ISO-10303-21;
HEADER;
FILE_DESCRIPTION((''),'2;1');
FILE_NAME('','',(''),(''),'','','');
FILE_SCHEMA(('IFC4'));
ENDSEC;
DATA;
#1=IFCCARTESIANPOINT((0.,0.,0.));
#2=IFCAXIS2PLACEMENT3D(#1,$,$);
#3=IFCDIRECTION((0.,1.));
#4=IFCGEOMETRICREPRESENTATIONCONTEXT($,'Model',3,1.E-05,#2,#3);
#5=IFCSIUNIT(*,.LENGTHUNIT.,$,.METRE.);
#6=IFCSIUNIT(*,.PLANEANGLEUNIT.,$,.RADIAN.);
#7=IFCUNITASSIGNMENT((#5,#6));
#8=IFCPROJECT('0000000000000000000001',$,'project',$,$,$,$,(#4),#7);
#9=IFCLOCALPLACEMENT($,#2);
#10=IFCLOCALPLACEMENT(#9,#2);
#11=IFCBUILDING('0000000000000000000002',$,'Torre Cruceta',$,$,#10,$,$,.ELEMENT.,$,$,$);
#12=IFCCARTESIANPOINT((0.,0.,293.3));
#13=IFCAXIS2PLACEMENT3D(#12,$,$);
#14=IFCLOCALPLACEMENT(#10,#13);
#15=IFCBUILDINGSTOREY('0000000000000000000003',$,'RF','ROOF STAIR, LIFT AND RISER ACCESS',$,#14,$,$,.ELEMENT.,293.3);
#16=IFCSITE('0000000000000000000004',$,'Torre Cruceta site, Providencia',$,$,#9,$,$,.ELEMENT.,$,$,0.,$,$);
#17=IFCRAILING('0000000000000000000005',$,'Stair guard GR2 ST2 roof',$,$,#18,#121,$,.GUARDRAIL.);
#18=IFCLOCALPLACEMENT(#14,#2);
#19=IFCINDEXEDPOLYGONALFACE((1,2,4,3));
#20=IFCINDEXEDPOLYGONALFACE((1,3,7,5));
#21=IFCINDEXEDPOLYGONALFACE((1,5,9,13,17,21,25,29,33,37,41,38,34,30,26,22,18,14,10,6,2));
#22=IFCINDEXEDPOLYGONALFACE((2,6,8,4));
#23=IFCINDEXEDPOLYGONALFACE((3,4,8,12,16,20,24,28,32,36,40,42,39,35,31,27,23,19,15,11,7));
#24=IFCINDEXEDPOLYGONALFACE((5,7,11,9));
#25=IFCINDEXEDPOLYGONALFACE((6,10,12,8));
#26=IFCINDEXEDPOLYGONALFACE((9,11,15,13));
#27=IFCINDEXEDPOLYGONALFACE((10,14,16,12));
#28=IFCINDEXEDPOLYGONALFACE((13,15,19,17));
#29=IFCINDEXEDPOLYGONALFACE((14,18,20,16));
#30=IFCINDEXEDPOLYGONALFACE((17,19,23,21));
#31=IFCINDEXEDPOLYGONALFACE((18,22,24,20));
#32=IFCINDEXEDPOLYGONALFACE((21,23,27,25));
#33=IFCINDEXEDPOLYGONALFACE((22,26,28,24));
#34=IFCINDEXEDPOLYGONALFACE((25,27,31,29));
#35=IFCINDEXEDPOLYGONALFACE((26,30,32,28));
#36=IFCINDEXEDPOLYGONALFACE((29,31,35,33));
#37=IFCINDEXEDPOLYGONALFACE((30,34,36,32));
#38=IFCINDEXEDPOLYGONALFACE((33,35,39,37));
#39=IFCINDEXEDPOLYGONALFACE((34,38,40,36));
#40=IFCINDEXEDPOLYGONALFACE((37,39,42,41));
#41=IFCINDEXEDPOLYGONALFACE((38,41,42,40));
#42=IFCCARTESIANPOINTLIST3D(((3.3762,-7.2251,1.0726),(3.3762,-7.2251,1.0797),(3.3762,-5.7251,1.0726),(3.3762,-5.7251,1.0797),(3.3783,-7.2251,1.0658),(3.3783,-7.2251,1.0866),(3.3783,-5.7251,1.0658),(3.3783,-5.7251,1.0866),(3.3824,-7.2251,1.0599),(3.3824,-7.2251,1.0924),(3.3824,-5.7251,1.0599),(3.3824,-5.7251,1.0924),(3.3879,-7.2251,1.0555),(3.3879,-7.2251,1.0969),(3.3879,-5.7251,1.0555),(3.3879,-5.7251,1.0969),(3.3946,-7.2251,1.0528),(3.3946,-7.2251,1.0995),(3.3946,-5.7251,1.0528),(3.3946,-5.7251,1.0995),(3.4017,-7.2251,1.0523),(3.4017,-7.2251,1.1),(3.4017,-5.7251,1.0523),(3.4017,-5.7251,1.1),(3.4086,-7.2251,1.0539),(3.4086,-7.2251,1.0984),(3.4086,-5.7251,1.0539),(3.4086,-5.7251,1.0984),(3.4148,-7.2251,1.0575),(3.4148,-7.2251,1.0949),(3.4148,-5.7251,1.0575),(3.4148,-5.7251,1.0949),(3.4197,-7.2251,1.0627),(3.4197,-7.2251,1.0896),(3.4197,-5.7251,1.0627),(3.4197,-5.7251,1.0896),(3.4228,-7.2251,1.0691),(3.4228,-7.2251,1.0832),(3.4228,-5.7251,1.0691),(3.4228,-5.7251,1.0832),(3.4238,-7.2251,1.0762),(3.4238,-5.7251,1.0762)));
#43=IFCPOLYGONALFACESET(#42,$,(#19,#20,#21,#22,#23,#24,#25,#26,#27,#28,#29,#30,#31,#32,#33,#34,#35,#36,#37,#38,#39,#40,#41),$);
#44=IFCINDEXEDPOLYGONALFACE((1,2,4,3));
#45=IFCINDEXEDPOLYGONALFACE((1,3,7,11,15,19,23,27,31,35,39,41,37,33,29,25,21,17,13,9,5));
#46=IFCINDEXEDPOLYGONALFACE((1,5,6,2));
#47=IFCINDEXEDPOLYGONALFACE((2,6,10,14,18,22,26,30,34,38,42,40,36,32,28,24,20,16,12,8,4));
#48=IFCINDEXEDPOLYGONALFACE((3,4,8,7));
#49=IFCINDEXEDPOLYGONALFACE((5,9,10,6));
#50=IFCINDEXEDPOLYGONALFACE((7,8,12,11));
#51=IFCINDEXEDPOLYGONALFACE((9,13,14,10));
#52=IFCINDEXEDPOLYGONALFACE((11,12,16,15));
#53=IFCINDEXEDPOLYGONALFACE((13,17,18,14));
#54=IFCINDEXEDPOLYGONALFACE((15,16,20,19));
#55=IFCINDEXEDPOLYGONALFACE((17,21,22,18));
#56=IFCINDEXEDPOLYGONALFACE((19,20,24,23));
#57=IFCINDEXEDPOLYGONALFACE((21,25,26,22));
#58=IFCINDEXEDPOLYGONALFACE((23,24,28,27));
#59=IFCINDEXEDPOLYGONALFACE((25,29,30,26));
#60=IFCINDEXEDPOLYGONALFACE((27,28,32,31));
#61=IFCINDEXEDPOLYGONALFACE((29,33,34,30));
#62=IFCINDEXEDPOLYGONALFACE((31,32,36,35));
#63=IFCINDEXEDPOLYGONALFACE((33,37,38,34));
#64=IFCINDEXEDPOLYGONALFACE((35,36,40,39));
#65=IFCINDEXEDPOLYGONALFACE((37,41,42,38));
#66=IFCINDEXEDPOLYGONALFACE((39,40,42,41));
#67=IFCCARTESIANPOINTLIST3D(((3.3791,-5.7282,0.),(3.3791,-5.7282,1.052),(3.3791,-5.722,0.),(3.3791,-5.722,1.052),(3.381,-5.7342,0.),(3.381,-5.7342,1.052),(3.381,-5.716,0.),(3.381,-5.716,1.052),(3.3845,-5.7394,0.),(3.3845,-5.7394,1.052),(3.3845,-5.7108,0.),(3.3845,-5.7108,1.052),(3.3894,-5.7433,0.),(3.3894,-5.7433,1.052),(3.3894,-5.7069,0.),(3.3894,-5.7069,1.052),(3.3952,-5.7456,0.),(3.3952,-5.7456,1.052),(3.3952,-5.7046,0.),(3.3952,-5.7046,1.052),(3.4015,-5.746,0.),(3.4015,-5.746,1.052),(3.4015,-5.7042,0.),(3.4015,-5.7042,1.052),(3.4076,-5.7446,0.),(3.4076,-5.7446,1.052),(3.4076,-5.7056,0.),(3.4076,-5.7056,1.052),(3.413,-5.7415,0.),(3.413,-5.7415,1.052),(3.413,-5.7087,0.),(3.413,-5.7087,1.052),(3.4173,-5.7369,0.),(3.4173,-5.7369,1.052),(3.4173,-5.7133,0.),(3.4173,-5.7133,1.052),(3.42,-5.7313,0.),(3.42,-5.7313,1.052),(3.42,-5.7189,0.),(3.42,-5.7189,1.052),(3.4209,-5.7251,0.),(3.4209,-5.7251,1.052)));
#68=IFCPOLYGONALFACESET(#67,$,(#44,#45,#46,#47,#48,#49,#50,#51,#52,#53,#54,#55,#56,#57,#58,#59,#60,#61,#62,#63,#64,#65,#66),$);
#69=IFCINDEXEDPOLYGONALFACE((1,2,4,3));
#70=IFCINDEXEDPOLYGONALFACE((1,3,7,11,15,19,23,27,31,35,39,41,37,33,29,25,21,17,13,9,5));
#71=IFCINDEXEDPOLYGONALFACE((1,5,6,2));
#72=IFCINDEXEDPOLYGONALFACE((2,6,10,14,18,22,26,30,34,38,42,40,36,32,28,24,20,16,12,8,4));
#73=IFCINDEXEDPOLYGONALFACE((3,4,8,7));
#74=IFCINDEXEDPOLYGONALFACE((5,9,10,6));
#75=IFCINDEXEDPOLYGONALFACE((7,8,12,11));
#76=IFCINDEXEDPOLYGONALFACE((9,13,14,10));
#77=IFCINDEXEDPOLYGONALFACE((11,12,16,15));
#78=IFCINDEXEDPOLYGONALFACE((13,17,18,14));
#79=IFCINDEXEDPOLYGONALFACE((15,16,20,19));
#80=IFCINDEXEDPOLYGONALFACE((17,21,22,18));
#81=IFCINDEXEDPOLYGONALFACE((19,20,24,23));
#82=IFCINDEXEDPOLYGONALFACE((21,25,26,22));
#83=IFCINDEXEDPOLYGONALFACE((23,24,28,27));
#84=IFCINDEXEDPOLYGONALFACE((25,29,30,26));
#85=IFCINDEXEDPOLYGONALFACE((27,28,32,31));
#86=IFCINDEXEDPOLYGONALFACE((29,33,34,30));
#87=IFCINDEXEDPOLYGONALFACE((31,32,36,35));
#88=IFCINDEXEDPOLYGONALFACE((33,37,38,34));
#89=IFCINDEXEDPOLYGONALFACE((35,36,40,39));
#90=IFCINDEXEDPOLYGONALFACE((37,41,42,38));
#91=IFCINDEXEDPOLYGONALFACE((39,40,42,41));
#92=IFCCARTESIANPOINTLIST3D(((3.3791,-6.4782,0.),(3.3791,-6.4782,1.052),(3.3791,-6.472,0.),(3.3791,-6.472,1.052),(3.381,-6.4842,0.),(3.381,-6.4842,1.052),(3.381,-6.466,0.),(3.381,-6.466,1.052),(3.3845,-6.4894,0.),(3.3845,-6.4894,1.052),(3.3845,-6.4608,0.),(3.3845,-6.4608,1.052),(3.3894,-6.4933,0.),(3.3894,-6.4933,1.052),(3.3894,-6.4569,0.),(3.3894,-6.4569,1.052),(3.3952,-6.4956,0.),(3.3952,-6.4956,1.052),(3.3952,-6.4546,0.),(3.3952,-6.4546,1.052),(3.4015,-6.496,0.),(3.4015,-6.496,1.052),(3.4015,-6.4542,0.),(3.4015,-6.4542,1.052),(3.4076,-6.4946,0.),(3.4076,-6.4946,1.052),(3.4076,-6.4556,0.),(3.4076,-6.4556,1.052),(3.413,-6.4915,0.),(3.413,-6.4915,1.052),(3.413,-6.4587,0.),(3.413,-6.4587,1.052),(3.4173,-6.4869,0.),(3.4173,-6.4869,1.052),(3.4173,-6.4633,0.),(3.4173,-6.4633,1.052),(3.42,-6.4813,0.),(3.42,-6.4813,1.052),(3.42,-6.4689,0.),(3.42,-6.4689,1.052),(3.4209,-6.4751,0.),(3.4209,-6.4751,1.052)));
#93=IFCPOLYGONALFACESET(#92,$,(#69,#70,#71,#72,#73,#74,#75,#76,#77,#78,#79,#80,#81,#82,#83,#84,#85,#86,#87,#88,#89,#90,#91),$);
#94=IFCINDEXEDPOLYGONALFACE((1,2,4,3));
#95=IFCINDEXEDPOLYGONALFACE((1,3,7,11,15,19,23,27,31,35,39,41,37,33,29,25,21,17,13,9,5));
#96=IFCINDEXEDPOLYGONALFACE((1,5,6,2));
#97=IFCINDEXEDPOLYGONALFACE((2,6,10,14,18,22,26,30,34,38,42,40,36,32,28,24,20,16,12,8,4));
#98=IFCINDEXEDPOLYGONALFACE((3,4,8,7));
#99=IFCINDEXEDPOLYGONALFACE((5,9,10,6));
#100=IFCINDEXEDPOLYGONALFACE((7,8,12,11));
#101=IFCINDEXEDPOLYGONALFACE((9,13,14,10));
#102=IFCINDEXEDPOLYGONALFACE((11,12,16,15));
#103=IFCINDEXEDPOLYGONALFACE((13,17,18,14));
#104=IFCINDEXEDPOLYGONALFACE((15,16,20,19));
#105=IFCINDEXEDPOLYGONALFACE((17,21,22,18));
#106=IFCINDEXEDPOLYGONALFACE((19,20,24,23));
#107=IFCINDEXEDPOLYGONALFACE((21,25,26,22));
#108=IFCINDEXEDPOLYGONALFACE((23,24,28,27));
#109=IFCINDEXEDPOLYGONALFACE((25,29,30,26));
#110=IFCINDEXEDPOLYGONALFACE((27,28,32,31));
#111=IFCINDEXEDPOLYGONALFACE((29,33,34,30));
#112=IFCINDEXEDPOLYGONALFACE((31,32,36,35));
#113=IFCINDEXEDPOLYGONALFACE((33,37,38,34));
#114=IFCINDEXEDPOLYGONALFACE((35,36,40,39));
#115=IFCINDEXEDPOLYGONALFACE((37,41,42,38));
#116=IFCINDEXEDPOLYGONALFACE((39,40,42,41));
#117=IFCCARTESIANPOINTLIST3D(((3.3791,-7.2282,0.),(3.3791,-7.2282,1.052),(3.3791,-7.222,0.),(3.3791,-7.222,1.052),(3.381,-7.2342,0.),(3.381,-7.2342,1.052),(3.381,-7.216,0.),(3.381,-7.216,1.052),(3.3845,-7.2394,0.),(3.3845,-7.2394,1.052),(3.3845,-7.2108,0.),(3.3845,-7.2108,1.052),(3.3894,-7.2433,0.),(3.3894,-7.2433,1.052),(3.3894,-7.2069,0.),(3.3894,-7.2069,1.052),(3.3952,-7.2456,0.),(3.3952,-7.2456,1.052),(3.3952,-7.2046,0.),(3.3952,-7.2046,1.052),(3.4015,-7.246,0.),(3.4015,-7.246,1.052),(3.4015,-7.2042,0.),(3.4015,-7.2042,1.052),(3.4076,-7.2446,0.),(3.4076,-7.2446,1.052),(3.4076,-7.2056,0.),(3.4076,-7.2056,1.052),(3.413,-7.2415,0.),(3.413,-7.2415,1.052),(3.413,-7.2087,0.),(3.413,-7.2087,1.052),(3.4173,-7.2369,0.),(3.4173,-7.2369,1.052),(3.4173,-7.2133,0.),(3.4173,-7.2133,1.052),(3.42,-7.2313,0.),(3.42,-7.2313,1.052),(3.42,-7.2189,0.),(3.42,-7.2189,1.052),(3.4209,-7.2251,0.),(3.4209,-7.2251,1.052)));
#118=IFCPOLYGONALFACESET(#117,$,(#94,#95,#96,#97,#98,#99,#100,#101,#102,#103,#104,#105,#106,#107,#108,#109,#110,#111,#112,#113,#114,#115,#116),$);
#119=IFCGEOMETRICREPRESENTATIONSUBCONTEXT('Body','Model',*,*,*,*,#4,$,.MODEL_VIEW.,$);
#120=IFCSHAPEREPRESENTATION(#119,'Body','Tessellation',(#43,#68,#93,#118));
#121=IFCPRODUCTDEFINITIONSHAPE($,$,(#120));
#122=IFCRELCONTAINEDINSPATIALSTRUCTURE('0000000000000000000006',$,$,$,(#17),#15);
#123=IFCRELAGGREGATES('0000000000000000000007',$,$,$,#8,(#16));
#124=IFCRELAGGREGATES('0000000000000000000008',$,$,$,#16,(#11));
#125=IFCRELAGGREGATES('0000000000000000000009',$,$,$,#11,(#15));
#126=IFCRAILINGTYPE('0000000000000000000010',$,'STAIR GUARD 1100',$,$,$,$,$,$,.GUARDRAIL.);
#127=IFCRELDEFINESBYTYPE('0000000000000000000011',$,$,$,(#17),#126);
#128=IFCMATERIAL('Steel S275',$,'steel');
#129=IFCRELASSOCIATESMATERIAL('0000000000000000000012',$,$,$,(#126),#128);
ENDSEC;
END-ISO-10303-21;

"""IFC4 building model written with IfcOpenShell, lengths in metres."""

from ifc_helpers import new_model, si_unit, direction, frame, origin, origin_2d, place, context, subcontext, project, spatial, circle, extrude, material, type_object, element, save


model = new_model("IFC4")

# Units and contexts
model_context = context("Model", 3, precision=1e-05, world=origin(), true_north=direction((0.0, 1.0)))
body_context = subcontext(model_context, "Body", "Model", "MODEL_VIEW")
ifc_project = project(units=[si_unit("LENGTHUNIT", "METRE"), si_unit("PLANEANGLEUNIT", "RADIAN")], contexts=[model_context])

# Site, building, storey
site_placement = place(None, origin())
site = spatial("IfcSite", under=ifc_project, at=site_placement, Name="Torre Cruceta site, Providencia", CompositionType="ELEMENT", RefElevation=0.0)
building_placement = place(site_placement, origin())
building = spatial("IfcBuilding", under=site, at=building_placement, Name="Torre Cruceta", CompositionType="ELEMENT")
storey_placement = place(building_placement, frame((0.0, 0.0, 293.3)))
storey = spatial("IfcBuildingStorey", under=building, at=storey_placement, Name="RF", Description="ROOF STAIR, LIFT AND RISER ACCESS", CompositionType="ELEMENT", Elevation=293.3)

# Railing
ifc_material_1 = material(Name="Steel S275", Category="steel")
railing_type = type_object("IfcRailingType", Name="STAIR GUARD 1100", PredefinedType="GUARDRAIL", material=ifc_material_1)
railing_placement = place(storey_placement, frame((3.3999, -5.7251, 0.0)))
element("IfcRailing", 1, at=railing_placement, inside=storey, type_object=railing_type, Name="Stair guard GR2 ST2 roof", PredefinedType="GUARDRAIL", context=body_context, shape_type="SweptSolid", body=[
    extrude(circle(Radius=0.0239, at=origin_2d()), frame((0.0, 0.0, 1.0762), z_axis=(0.0, -1.0, 0.0), x_axis=(1.0, 0.0, 0.0)), (0.0, 0.0, 1.0), 1.5),
    extrude(circle(Radius=0.021, at=origin_2d()), origin(), (0.0, 0.0, 1.0), 1.052),
    extrude(circle(Radius=0.021, at=origin_2d()), frame((0.0, -0.75, 0.0)), (0.0, 0.0, 1.0), 1.052),
    extrude(circle(Radius=0.021, at=origin_2d()), frame((0.0, -1.5, 0.0)), (0.0, 0.0, 1.0), 1.052),
])

save(model, "model.ifc")
